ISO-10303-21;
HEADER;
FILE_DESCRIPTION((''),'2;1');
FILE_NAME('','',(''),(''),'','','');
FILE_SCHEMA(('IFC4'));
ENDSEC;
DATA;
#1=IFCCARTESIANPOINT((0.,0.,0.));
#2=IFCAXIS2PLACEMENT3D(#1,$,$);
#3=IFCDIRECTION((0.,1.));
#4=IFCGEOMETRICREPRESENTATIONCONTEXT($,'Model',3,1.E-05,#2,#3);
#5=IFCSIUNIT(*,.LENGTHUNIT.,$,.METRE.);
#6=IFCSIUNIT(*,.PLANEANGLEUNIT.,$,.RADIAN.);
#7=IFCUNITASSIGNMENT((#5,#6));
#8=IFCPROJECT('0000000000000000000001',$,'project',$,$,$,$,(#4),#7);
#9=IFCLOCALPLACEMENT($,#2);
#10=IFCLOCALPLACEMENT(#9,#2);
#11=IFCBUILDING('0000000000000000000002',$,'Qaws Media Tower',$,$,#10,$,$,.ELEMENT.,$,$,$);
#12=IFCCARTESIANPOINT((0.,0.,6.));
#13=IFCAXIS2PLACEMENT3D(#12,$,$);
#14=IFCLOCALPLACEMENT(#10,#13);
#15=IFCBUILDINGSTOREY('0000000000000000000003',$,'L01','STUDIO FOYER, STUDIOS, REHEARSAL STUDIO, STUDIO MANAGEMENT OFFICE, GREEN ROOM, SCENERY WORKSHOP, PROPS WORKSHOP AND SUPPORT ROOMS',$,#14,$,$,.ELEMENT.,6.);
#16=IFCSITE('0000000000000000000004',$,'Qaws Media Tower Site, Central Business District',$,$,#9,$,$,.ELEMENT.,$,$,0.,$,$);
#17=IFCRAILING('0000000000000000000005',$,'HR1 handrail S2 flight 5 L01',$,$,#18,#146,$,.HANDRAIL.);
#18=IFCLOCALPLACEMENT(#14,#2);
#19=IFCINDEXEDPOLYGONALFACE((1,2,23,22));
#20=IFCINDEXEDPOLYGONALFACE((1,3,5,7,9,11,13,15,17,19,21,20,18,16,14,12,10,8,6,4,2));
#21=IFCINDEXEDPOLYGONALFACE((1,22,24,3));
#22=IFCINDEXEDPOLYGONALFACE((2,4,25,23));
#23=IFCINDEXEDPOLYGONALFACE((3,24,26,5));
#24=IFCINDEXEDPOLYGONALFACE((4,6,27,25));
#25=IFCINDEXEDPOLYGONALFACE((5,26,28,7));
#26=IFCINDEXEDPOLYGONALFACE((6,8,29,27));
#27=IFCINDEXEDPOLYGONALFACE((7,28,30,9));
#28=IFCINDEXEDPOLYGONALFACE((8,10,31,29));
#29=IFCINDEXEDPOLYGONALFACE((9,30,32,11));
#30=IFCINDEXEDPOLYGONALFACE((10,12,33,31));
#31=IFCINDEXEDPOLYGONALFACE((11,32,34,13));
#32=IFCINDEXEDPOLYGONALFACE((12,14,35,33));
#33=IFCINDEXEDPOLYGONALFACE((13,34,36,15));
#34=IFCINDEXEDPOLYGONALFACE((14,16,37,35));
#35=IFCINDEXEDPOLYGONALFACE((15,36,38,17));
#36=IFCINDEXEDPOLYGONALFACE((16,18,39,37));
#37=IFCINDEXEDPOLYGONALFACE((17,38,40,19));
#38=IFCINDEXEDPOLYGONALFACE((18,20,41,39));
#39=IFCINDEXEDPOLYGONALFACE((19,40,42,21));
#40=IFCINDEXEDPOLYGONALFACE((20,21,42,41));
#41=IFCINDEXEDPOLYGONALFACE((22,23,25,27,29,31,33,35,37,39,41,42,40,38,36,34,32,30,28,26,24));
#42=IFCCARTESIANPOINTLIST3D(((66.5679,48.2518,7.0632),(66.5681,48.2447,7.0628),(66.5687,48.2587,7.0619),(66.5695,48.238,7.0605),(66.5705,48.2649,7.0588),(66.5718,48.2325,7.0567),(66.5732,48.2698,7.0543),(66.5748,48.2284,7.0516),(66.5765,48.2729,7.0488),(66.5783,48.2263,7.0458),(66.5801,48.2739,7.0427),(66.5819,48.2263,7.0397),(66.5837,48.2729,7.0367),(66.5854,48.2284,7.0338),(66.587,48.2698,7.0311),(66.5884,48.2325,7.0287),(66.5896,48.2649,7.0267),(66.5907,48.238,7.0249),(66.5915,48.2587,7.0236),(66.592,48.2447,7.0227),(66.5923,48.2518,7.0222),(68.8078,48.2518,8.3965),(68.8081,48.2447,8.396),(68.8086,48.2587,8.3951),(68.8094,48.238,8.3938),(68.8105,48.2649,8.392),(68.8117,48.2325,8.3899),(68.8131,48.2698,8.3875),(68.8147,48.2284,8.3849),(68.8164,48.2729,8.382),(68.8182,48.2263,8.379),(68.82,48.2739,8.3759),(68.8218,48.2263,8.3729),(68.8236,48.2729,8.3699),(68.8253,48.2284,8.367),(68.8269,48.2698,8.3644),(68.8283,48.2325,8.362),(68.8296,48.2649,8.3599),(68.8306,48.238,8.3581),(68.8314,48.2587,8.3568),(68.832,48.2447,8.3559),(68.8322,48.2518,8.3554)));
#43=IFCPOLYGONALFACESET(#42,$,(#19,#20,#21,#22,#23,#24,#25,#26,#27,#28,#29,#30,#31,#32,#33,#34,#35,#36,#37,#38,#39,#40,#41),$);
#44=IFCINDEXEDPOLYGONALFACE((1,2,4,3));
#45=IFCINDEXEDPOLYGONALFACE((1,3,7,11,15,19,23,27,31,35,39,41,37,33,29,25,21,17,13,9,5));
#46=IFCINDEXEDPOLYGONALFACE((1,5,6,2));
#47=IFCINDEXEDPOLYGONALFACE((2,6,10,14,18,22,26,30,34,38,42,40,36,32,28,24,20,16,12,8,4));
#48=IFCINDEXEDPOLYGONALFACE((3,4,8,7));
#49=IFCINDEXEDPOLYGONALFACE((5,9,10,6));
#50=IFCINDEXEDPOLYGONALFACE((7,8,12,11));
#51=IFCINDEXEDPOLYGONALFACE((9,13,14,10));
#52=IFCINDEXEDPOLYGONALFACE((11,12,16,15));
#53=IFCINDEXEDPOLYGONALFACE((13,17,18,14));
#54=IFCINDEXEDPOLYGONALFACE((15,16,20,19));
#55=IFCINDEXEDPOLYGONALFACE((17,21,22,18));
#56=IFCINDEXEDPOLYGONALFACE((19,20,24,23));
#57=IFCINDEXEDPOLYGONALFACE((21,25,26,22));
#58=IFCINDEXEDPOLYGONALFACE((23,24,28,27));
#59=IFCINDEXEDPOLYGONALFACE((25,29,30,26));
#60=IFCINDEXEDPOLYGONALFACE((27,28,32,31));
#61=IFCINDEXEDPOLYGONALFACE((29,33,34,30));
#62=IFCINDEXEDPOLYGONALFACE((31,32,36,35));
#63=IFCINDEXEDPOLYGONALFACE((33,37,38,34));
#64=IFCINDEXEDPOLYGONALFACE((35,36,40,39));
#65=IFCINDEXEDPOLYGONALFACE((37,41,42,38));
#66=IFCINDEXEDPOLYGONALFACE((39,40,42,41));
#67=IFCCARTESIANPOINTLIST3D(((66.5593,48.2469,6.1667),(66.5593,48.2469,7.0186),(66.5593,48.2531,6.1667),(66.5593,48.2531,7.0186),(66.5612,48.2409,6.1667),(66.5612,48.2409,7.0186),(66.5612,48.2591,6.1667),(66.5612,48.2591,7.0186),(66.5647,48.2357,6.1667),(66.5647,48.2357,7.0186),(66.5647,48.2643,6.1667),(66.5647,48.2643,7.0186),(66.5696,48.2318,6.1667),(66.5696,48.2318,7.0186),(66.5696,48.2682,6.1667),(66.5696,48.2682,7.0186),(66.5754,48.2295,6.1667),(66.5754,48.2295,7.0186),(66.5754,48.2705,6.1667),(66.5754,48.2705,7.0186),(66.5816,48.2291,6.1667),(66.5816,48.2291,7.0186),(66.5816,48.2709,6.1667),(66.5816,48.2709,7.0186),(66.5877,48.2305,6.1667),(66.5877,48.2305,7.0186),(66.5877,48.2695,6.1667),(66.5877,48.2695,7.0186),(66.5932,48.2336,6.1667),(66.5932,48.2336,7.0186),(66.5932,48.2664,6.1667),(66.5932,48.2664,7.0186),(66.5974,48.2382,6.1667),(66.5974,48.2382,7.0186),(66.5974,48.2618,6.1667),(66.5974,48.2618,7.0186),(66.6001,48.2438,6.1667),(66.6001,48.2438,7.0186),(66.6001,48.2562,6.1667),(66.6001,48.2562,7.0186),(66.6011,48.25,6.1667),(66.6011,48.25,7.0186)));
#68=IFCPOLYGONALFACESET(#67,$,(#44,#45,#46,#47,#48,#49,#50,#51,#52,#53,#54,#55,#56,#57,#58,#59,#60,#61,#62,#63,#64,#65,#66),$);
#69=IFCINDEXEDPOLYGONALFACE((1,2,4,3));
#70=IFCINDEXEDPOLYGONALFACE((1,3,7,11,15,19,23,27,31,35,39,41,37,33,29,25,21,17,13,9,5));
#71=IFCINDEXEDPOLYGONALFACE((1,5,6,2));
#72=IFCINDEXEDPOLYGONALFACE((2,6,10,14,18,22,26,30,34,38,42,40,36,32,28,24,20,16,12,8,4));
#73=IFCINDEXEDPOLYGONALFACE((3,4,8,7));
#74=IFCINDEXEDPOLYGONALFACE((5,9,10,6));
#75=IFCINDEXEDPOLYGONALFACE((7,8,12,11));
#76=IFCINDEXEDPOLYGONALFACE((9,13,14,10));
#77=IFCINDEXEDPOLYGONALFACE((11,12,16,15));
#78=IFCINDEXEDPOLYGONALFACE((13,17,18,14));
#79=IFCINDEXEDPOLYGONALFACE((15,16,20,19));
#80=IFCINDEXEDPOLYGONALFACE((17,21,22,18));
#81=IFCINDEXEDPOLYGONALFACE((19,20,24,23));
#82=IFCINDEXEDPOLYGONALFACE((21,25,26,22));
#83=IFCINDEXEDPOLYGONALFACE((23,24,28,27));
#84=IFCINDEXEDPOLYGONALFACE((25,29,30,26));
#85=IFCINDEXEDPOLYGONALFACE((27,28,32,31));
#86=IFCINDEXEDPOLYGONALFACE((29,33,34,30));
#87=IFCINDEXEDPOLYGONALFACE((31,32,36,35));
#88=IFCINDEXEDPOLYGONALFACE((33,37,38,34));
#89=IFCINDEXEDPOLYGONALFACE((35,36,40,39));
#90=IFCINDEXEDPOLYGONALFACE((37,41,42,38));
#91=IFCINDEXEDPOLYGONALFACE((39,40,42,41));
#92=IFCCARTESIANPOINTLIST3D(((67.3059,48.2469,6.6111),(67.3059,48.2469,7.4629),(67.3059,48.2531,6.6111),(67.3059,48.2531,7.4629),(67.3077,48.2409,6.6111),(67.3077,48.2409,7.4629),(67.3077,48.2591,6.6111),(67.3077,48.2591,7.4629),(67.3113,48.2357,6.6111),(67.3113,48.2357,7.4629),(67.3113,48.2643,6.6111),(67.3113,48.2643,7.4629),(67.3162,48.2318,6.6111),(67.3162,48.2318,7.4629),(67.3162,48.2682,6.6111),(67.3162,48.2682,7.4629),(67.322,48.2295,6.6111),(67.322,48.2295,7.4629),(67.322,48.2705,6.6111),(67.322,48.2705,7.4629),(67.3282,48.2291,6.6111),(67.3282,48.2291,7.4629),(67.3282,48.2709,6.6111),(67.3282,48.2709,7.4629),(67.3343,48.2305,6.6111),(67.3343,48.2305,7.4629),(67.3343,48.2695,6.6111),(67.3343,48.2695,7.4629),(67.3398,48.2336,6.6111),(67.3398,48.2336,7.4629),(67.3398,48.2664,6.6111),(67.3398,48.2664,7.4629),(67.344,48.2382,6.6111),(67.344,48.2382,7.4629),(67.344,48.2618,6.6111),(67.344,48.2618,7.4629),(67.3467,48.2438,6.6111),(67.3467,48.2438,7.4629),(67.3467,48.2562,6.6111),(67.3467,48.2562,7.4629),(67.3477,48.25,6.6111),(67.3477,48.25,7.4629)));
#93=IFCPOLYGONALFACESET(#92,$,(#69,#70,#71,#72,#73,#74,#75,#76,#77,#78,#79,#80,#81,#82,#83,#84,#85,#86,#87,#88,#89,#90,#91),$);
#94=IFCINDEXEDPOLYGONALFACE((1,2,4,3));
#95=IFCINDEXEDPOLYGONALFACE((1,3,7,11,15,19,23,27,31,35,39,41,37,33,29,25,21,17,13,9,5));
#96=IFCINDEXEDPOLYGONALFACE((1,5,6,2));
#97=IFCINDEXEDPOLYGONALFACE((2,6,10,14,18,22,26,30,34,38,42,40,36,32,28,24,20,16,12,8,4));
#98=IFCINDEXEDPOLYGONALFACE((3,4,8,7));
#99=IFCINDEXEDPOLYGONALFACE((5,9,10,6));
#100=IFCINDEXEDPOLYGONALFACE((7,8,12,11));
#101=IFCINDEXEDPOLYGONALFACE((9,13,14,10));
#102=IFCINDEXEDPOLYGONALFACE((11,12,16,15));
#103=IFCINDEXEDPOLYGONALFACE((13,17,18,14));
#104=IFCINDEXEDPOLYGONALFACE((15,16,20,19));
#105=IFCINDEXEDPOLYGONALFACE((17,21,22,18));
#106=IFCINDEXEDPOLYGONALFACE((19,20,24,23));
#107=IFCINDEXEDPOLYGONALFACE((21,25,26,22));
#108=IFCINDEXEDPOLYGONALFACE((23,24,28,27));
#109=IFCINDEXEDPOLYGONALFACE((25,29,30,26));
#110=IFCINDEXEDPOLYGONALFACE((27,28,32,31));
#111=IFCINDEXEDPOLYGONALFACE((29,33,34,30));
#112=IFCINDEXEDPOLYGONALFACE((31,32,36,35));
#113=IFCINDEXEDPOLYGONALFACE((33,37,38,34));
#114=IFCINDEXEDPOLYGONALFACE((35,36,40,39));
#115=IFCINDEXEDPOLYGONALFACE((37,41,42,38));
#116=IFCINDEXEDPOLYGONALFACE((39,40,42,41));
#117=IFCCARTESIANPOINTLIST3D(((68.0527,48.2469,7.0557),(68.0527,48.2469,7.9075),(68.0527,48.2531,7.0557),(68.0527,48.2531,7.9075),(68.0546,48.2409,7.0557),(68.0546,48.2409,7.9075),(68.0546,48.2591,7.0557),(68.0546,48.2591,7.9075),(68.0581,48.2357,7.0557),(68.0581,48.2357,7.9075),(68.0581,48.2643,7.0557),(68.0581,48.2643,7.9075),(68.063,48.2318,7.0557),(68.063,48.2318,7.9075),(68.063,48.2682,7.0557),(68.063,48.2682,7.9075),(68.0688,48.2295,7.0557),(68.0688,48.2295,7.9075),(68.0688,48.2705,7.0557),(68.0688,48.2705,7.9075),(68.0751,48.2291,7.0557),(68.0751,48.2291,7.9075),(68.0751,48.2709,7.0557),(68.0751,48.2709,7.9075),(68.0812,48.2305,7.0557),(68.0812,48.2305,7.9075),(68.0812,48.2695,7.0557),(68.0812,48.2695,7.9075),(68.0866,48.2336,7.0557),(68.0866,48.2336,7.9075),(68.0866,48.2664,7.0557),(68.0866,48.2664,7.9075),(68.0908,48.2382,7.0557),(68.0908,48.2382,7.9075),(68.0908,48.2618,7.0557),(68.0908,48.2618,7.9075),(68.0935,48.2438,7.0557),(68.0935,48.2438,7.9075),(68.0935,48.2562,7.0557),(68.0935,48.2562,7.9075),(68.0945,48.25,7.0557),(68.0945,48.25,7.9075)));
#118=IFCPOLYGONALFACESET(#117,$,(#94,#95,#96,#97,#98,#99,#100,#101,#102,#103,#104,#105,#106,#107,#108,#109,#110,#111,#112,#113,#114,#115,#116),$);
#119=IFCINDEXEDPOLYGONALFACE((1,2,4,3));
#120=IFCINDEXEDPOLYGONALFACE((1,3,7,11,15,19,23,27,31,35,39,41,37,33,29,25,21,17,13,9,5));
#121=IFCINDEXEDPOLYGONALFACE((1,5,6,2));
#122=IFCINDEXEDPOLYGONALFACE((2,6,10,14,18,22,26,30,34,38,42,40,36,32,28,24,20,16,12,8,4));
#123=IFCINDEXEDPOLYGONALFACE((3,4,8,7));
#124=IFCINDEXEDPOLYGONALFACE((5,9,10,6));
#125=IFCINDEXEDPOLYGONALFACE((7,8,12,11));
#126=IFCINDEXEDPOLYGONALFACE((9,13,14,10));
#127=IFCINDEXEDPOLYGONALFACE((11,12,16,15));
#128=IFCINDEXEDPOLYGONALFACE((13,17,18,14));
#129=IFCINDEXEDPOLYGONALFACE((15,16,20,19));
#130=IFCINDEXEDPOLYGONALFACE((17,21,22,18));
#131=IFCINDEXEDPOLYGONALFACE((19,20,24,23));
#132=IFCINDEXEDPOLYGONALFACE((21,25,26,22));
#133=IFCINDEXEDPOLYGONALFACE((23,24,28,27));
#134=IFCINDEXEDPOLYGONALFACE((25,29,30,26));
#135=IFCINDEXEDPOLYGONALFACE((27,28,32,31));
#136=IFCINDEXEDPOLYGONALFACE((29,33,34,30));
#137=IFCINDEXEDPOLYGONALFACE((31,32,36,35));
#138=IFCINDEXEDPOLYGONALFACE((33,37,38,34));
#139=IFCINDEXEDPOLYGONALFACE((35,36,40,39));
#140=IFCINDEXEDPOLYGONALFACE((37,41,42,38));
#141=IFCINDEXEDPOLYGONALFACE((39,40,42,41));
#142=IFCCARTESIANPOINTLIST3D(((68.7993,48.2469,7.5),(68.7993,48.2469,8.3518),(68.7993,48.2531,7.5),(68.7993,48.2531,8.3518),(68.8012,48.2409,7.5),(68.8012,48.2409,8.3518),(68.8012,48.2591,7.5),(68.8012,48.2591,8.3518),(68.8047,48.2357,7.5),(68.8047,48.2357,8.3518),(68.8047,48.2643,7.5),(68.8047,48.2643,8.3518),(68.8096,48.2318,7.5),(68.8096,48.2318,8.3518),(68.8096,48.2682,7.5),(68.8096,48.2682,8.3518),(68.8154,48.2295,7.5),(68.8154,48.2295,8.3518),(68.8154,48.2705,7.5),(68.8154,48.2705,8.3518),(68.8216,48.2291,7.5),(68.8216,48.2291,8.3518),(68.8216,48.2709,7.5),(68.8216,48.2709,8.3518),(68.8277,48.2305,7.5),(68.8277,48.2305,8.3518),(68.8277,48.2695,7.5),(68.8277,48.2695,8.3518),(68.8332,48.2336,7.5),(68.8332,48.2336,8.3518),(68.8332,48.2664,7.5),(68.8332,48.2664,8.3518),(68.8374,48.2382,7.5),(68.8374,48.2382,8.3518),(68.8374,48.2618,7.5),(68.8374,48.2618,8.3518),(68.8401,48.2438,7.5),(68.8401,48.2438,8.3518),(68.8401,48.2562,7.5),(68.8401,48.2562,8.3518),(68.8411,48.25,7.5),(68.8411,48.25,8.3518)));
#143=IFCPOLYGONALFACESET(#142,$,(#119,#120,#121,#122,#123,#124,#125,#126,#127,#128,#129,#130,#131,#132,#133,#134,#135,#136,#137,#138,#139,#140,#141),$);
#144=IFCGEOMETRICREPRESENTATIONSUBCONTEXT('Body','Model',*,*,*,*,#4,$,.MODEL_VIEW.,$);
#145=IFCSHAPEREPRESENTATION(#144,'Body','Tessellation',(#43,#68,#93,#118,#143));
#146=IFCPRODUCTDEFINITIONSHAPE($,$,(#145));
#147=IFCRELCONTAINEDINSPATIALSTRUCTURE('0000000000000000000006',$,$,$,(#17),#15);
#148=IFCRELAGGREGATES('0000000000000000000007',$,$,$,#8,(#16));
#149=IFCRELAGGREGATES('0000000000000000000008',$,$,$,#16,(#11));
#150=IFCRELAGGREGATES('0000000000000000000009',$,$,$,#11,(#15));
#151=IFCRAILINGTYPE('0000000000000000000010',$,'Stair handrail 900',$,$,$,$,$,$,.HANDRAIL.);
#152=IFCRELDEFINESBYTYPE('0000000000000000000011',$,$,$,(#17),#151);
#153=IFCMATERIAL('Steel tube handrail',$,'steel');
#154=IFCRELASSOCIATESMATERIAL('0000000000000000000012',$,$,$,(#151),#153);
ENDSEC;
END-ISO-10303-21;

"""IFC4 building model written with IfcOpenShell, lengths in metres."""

from ifc_helpers import new_model, si_unit, direction, frame, origin, origin_2d, place, context, subcontext, project, spatial, circle, extrude, material, type_object, element, save


model = new_model("IFC4")

# Units and contexts
model_context = context("Model", 3, precision=1e-05, world=origin(), true_north=direction((0.0, 1.0)))
body_context = subcontext(model_context, "Body", "Model", "MODEL_VIEW")
ifc_project = project(units=[si_unit("LENGTHUNIT", "METRE"), si_unit("PLANEANGLEUNIT", "RADIAN")], contexts=[model_context])

# Site, building, storey
site_placement = place(None, origin())
site = spatial("IfcSite", under=ifc_project, at=site_placement, Name="Qaws Media Tower Site, Central Business District", CompositionType="ELEMENT", RefElevation=0.0)
building_placement = place(site_placement, origin())
building = spatial("IfcBuilding", under=site, at=building_placement, Name="Qaws Media Tower", CompositionType="ELEMENT")
storey_placement = place(building_placement, frame((0.0, 0.0, 6.0)))
storey = spatial("IfcBuildingStorey", under=building, at=storey_placement, Name="L01", Description="STUDIO FOYER, STUDIOS, REHEARSAL STUDIO, STUDIO MANAGEMENT OFFICE, GREEN ROOM, SCENERY WORKSHOP, PROPS WORKSHOP AND SUPPORT ROOMS", CompositionType="ELEMENT", Elevation=6.0)

# Railing
ifc_material_1 = material(Name="Steel tube handrail", Category="steel")
railing_type = type_object("IfcRailingType", Name="Stair handrail 900", PredefinedType="HANDRAIL", material=ifc_material_1)
railing_1_placement = place(storey_placement, frame((66.5801, 48.25, 6.1667)))
element("IfcRailing", 1, at=railing_1_placement, inside=storey, type_object=railing_type, Name="HR1 handrail S2 flight 5 L01", PredefinedType="HANDRAIL", context=body_context, shape_type="SweptSolid", body=[
    extrude(circle(Radius=0.0239, at=origin_2d()), frame((0.0, 0.0, 0.876), z_axis=(0.859306, 0.0, 0.511462), x_axis=(0.0, 1.0, 0.0)), (0.0, 0.0, 1.0), 2.6067),
    extrude(circle(Radius=0.021, at=origin_2d()), origin(), (0.0, 0.0, 1.0), 0.8518),
    extrude(circle(Radius=0.021, at=origin_2d()), frame((0.7466, 0.0, 0.4443)), (0.0, 0.0, 1.0), 0.8518),
    extrude(circle(Radius=0.021, at=origin_2d()), frame((1.4934, 0.0, 0.8889)), (0.0, 0.0, 1.0), 0.8518),
    extrude(circle(Radius=0.021, at=origin_2d()), frame((2.24, 0.0, 1.3333)), (0.0, 0.0, 1.0), 0.8518),
])

save(model, "model.ifc")
